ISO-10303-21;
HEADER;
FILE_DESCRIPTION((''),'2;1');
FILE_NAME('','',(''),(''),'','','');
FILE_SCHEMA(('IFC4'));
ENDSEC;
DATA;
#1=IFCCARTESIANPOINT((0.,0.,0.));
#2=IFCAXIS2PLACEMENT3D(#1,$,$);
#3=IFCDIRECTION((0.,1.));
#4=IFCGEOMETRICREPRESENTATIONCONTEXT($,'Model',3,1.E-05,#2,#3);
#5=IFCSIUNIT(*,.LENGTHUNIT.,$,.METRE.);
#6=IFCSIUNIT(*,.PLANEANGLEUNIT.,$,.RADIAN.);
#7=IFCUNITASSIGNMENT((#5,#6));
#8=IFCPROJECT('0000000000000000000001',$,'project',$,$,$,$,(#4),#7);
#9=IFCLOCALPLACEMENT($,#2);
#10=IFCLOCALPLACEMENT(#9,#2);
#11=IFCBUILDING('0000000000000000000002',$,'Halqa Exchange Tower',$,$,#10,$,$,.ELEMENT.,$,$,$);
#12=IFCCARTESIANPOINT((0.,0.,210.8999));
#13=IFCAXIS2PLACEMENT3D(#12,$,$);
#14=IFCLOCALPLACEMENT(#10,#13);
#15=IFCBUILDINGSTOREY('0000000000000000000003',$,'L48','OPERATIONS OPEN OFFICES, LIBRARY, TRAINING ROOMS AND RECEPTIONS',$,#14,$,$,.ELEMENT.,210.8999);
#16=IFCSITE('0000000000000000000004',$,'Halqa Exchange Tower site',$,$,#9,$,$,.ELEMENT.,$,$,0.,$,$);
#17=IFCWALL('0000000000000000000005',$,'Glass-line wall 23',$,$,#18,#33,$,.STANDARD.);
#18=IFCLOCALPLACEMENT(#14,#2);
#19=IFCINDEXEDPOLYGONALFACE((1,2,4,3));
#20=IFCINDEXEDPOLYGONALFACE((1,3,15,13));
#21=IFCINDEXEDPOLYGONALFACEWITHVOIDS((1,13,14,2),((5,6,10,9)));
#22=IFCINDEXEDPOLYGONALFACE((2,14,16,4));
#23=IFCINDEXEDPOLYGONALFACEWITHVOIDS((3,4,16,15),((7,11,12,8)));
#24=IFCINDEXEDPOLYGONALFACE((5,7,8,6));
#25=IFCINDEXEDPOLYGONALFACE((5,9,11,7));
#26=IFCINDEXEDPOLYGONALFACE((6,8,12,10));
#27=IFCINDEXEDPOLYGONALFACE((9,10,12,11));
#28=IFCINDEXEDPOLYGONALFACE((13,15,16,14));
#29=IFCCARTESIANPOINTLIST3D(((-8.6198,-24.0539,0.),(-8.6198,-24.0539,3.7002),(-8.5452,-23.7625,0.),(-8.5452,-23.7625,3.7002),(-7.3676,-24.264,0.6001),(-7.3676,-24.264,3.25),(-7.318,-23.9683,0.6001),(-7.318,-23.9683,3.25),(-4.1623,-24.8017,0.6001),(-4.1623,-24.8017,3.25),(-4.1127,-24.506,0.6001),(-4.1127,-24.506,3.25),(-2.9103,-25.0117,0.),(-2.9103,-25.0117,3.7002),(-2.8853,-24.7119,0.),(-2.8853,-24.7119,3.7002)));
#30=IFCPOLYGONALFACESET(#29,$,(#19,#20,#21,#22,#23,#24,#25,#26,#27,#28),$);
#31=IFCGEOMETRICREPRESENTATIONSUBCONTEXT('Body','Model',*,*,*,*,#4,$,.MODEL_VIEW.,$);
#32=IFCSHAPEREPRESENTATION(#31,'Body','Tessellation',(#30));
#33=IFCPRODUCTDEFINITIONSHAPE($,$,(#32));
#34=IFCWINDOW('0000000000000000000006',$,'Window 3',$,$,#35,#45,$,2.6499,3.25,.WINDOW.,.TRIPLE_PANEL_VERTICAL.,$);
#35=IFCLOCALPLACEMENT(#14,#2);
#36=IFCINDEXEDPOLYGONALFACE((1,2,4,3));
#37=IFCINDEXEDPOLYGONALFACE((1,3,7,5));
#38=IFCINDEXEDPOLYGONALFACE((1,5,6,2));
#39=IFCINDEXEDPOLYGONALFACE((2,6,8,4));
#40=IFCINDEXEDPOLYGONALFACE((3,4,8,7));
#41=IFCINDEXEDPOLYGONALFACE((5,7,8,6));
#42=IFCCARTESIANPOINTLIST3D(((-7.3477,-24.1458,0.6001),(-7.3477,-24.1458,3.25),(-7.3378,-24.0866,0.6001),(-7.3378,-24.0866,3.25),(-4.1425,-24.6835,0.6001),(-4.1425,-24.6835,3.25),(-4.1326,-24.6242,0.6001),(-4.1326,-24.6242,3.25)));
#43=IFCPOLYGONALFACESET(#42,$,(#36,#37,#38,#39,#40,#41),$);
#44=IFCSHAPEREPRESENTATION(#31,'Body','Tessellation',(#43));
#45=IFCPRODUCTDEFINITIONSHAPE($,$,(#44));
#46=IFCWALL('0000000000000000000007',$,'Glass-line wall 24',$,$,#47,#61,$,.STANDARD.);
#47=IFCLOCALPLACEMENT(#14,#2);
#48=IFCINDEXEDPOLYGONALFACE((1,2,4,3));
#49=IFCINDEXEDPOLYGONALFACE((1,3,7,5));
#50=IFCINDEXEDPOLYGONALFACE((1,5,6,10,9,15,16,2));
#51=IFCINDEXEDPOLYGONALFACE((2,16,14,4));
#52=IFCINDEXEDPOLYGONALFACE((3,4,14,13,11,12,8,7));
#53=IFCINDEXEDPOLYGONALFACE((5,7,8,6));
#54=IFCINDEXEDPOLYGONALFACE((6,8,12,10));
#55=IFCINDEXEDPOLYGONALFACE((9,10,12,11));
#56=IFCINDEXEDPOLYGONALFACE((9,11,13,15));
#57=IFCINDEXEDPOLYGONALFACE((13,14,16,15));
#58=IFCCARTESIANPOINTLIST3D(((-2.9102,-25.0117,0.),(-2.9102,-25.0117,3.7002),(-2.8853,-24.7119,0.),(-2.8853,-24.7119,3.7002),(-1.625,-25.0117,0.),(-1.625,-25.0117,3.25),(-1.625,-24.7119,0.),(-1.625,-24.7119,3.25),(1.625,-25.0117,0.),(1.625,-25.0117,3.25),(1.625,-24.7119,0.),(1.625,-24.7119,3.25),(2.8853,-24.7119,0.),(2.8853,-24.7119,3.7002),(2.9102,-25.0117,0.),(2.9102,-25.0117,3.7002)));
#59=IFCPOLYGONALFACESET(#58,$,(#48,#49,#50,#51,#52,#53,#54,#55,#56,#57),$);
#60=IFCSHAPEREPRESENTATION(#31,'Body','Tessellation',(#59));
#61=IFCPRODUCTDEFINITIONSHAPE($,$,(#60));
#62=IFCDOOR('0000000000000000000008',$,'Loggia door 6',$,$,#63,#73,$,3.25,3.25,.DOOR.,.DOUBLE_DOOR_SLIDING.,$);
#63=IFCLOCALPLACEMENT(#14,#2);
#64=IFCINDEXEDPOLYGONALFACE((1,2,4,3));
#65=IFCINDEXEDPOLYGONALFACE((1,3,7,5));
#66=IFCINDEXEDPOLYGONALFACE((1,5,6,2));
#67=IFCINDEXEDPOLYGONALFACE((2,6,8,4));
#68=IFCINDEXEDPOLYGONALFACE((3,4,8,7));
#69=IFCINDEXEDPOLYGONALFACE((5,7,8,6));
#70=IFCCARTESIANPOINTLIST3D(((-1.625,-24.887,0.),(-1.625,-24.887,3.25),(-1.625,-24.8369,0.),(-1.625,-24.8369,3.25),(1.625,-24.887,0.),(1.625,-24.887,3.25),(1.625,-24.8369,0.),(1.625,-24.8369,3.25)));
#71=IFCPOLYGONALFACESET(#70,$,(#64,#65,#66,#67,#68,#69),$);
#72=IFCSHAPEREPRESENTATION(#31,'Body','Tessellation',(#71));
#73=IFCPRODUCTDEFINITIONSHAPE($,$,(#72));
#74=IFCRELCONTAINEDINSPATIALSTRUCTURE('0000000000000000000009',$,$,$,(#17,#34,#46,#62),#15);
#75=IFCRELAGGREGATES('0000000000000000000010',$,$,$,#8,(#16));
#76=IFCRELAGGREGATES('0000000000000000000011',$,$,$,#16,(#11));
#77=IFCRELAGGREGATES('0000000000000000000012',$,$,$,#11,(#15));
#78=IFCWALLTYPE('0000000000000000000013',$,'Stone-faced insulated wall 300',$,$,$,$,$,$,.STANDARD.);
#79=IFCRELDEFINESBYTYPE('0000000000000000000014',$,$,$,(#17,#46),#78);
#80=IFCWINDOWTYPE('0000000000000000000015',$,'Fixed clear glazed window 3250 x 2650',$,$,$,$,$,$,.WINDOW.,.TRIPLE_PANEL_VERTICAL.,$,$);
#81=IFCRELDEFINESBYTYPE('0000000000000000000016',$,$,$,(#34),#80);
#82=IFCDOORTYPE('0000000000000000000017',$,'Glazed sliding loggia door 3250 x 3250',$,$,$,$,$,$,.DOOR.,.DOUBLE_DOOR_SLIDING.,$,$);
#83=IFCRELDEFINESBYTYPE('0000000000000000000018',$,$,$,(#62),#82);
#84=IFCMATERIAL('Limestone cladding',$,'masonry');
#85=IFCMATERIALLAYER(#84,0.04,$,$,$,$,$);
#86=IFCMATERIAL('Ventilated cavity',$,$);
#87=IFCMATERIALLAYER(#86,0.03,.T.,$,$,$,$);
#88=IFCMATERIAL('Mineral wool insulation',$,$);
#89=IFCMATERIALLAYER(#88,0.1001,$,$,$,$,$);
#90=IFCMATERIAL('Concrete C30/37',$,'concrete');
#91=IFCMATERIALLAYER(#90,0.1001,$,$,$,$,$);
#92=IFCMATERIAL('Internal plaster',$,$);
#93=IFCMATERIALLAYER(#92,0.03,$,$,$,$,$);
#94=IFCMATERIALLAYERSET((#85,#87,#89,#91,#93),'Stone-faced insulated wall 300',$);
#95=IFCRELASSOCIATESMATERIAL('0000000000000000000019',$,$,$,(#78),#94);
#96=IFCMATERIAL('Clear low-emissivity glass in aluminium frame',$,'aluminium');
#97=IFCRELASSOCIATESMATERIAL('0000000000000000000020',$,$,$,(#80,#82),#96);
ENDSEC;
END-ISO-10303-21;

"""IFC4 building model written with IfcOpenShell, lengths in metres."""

from ifc_helpers import new_model, si_unit, direction, frame, frame_2d, origin, place, context, subcontext, project, spatial, polyline, rectangle, outline, extrude, material, layer, layer_set, type_object, element, fill, save


model = new_model("IFC4")

# Units and contexts
model_context = context("Model", 3, precision=1e-05, world=origin(), true_north=direction((0.0, 1.0)))
body_context = subcontext(model_context, "Body", "Model", "MODEL_VIEW")
ifc_project = project(units=[si_unit("LENGTHUNIT", "METRE"), si_unit("PLANEANGLEUNIT", "RADIAN")], contexts=[model_context])

# Site, building, storey
site_placement = place(None, origin())
site = spatial("IfcSite", under=ifc_project, at=site_placement, Name="Halqa Exchange Tower site", CompositionType="ELEMENT", RefElevation=0.0)
building_placement = place(site_placement, origin())
building = spatial("IfcBuilding", under=site, at=building_placement, Name="Halqa Exchange Tower", CompositionType="ELEMENT")
storey_placement = place(building_placement, frame((0.0, 0.0, 210.8999)))
storey = spatial("IfcBuildingStorey", under=building, at=storey_placement, Name="L48", Description="OPERATIONS OPEN OFFICES, LIBRARY, TRAINING ROOMS AND RECEPTIONS", CompositionType="ELEMENT", Elevation=210.8999)

# Shared definitions
ifc_material_1 = material(Name="Concrete C30/37", Category="concrete")

# Wall, opening, window
ifc_material_2 = material(Name="Limestone cladding", Category="masonry")
ifc_layer_1 = layer(ifc_material_2, 0.04)
ifc_material_3 = material(Name="Ventilated cavity")
ifc_layer_2 = layer(ifc_material_3, 0.03, ventilated=True)
ifc_material_4 = material(Name="Mineral wool insulation")
ifc_layer_3 = layer(ifc_material_4, 0.1001)
ifc_layer_4 = layer(ifc_material_1, 0.1001)
ifc_material_5 = material(Name="Internal plaster")
ifc_layer_5 = layer(ifc_material_5, 0.03)
ifc_layer_set_1 = layer_set([ifc_layer_1, ifc_layer_2, ifc_layer_3, ifc_layer_4, ifc_layer_5], Name="Stone-faced insulated wall 300")
wall_type_1 = type_object("IfcWallType", Name="Stone-faced insulated wall 300", PredefinedType="STANDARD", material=ifc_layer_set_1)
wall_1_placement = place(storey_placement, frame((-8.5825, -23.9082, 0.0), z_axis=(0.0, 0.0, 1.0), x_axis=(0.986221, -0.165436, 0.0)))
wall_1 = element("IfcWall", 1, at=wall_1_placement, inside=storey, type_object=wall_type_1, Name="Glass-line wall 23", PredefinedType="STANDARD", context=body_context, shape_type="SweptSolid", body=[
    extrude(outline(polyline([(-0.0127, -0.1499), (5.7766, -0.1499), (5.7517, 0.1499), (0.0127, 0.1499), (-0.0127, -0.1499)])), origin(), (0.0, 0.0, 1.0), 3.7002),
])
opening_1_placement = place(wall_1_placement, frame((1.2571, 0.0, 0.6001)))
opening_1 = element("IfcOpeningElement", 2, at=opening_1_placement, cuts=wall_1, PredefinedType="OPENING", context=body_context, shape_type="SweptSolid", body=[
    extrude(rectangle(XDim=3.25, YDim=2.6499, at=frame_2d((1.625, 1.325))), frame((0.0, 0.1621, 0.0), z_axis=(0.0, -1.0, 0.0), x_axis=(1.0, 0.0, 0.0)), (0.0, 0.0, 1.0), 0.324),
])
ifc_material_6 = material(Name="Clear low-emissivity glass in aluminium frame", Category="aluminium")
window_type = type_object("IfcWindowType", Name="Fixed clear glazed window 3250 x 2650", PartitioningType="TRIPLE_PANEL_VERTICAL", PredefinedType="WINDOW", material=ifc_material_6)
window_placement = place(opening_1_placement, origin())
window = element("IfcWindow", 3, at=window_placement, inside=storey, type_object=window_type, Name="Window 3", OverallHeight=2.6499, OverallWidth=3.25, PartitioningType="TRIPLE_PANEL_VERTICAL", PredefinedType="WINDOW", context=body_context, shape_type="SweptSolid", body=[
    extrude(rectangle(XDim=3.25, YDim=2.6499, at=frame_2d((1.625, 1.325))), frame((0.0, 0.03, 0.0), z_axis=(0.0, -1.0, 0.0), x_axis=(1.0, 0.0, 0.0)), (0.0, 0.0, 1.0), 0.0601),
])
fill(opening_1, window)

# Wall, opening, door
wall_2_placement = place(storey_placement, frame((-2.8977, -24.8618, 0.0), z_axis=(0.0, 0.0, 1.0), x_axis=(1.0, 0.0, 0.0)))
wall_2 = element("IfcWall", 4, at=wall_2_placement, inside=storey, type_object=wall_type_1, Name="Glass-line wall 24", PredefinedType="STANDARD", context=body_context, shape_type="SweptSolid", body=[
    extrude(outline(polyline([(-0.0125, -0.1499), (5.8079, -0.1499), (5.783, 0.1499), (0.0125, 0.1499), (-0.0125, -0.1499)])), origin(), (0.0, 0.0, 1.0), 3.7002),
])
opening_2_placement = place(wall_2_placement, frame((1.2727, 0.0, 0.0)))
opening_2 = element("IfcOpeningElement", 5, at=opening_2_placement, cuts=wall_2, PredefinedType="OPENING", context=body_context, shape_type="SweptSolid", body=[
    extrude(rectangle(XDim=3.25, YDim=3.25, at=frame_2d((1.625, 1.625))), frame((0.0, 0.1621, 0.0), z_axis=(0.0, -1.0, 0.0), x_axis=(1.0, 0.0, 0.0)), (0.0, 0.0, 1.0), 0.324),
])
door_type_1 = type_object("IfcDoorType", Name="Glazed sliding loggia door 3250 x 3250", OperationType="DOUBLE_DOOR_SLIDING", PredefinedType="DOOR", material=ifc_material_6)
door_1_placement = place(opening_2_placement, origin())
door_1 = element("IfcDoor", 6, at=door_1_placement, inside=storey, type_object=door_type_1, Name="Loggia door 6", OperationType="DOUBLE_DOOR_SLIDING", OverallHeight=3.25, OverallWidth=3.25, PredefinedType="DOOR", context=body_context, shape_type="SweptSolid", body=[
    extrude(rectangle(XDim=3.25, YDim=3.25, at=frame_2d((1.625, 1.625))), frame((0.0, 0.0249, 0.0), z_axis=(0.0, -1.0, 0.0), x_axis=(1.0, 0.0, 0.0)), (0.0, 0.0, 1.0), 0.05),
])
fill(opening_2, door_1)

save(model, "model.ifc")
